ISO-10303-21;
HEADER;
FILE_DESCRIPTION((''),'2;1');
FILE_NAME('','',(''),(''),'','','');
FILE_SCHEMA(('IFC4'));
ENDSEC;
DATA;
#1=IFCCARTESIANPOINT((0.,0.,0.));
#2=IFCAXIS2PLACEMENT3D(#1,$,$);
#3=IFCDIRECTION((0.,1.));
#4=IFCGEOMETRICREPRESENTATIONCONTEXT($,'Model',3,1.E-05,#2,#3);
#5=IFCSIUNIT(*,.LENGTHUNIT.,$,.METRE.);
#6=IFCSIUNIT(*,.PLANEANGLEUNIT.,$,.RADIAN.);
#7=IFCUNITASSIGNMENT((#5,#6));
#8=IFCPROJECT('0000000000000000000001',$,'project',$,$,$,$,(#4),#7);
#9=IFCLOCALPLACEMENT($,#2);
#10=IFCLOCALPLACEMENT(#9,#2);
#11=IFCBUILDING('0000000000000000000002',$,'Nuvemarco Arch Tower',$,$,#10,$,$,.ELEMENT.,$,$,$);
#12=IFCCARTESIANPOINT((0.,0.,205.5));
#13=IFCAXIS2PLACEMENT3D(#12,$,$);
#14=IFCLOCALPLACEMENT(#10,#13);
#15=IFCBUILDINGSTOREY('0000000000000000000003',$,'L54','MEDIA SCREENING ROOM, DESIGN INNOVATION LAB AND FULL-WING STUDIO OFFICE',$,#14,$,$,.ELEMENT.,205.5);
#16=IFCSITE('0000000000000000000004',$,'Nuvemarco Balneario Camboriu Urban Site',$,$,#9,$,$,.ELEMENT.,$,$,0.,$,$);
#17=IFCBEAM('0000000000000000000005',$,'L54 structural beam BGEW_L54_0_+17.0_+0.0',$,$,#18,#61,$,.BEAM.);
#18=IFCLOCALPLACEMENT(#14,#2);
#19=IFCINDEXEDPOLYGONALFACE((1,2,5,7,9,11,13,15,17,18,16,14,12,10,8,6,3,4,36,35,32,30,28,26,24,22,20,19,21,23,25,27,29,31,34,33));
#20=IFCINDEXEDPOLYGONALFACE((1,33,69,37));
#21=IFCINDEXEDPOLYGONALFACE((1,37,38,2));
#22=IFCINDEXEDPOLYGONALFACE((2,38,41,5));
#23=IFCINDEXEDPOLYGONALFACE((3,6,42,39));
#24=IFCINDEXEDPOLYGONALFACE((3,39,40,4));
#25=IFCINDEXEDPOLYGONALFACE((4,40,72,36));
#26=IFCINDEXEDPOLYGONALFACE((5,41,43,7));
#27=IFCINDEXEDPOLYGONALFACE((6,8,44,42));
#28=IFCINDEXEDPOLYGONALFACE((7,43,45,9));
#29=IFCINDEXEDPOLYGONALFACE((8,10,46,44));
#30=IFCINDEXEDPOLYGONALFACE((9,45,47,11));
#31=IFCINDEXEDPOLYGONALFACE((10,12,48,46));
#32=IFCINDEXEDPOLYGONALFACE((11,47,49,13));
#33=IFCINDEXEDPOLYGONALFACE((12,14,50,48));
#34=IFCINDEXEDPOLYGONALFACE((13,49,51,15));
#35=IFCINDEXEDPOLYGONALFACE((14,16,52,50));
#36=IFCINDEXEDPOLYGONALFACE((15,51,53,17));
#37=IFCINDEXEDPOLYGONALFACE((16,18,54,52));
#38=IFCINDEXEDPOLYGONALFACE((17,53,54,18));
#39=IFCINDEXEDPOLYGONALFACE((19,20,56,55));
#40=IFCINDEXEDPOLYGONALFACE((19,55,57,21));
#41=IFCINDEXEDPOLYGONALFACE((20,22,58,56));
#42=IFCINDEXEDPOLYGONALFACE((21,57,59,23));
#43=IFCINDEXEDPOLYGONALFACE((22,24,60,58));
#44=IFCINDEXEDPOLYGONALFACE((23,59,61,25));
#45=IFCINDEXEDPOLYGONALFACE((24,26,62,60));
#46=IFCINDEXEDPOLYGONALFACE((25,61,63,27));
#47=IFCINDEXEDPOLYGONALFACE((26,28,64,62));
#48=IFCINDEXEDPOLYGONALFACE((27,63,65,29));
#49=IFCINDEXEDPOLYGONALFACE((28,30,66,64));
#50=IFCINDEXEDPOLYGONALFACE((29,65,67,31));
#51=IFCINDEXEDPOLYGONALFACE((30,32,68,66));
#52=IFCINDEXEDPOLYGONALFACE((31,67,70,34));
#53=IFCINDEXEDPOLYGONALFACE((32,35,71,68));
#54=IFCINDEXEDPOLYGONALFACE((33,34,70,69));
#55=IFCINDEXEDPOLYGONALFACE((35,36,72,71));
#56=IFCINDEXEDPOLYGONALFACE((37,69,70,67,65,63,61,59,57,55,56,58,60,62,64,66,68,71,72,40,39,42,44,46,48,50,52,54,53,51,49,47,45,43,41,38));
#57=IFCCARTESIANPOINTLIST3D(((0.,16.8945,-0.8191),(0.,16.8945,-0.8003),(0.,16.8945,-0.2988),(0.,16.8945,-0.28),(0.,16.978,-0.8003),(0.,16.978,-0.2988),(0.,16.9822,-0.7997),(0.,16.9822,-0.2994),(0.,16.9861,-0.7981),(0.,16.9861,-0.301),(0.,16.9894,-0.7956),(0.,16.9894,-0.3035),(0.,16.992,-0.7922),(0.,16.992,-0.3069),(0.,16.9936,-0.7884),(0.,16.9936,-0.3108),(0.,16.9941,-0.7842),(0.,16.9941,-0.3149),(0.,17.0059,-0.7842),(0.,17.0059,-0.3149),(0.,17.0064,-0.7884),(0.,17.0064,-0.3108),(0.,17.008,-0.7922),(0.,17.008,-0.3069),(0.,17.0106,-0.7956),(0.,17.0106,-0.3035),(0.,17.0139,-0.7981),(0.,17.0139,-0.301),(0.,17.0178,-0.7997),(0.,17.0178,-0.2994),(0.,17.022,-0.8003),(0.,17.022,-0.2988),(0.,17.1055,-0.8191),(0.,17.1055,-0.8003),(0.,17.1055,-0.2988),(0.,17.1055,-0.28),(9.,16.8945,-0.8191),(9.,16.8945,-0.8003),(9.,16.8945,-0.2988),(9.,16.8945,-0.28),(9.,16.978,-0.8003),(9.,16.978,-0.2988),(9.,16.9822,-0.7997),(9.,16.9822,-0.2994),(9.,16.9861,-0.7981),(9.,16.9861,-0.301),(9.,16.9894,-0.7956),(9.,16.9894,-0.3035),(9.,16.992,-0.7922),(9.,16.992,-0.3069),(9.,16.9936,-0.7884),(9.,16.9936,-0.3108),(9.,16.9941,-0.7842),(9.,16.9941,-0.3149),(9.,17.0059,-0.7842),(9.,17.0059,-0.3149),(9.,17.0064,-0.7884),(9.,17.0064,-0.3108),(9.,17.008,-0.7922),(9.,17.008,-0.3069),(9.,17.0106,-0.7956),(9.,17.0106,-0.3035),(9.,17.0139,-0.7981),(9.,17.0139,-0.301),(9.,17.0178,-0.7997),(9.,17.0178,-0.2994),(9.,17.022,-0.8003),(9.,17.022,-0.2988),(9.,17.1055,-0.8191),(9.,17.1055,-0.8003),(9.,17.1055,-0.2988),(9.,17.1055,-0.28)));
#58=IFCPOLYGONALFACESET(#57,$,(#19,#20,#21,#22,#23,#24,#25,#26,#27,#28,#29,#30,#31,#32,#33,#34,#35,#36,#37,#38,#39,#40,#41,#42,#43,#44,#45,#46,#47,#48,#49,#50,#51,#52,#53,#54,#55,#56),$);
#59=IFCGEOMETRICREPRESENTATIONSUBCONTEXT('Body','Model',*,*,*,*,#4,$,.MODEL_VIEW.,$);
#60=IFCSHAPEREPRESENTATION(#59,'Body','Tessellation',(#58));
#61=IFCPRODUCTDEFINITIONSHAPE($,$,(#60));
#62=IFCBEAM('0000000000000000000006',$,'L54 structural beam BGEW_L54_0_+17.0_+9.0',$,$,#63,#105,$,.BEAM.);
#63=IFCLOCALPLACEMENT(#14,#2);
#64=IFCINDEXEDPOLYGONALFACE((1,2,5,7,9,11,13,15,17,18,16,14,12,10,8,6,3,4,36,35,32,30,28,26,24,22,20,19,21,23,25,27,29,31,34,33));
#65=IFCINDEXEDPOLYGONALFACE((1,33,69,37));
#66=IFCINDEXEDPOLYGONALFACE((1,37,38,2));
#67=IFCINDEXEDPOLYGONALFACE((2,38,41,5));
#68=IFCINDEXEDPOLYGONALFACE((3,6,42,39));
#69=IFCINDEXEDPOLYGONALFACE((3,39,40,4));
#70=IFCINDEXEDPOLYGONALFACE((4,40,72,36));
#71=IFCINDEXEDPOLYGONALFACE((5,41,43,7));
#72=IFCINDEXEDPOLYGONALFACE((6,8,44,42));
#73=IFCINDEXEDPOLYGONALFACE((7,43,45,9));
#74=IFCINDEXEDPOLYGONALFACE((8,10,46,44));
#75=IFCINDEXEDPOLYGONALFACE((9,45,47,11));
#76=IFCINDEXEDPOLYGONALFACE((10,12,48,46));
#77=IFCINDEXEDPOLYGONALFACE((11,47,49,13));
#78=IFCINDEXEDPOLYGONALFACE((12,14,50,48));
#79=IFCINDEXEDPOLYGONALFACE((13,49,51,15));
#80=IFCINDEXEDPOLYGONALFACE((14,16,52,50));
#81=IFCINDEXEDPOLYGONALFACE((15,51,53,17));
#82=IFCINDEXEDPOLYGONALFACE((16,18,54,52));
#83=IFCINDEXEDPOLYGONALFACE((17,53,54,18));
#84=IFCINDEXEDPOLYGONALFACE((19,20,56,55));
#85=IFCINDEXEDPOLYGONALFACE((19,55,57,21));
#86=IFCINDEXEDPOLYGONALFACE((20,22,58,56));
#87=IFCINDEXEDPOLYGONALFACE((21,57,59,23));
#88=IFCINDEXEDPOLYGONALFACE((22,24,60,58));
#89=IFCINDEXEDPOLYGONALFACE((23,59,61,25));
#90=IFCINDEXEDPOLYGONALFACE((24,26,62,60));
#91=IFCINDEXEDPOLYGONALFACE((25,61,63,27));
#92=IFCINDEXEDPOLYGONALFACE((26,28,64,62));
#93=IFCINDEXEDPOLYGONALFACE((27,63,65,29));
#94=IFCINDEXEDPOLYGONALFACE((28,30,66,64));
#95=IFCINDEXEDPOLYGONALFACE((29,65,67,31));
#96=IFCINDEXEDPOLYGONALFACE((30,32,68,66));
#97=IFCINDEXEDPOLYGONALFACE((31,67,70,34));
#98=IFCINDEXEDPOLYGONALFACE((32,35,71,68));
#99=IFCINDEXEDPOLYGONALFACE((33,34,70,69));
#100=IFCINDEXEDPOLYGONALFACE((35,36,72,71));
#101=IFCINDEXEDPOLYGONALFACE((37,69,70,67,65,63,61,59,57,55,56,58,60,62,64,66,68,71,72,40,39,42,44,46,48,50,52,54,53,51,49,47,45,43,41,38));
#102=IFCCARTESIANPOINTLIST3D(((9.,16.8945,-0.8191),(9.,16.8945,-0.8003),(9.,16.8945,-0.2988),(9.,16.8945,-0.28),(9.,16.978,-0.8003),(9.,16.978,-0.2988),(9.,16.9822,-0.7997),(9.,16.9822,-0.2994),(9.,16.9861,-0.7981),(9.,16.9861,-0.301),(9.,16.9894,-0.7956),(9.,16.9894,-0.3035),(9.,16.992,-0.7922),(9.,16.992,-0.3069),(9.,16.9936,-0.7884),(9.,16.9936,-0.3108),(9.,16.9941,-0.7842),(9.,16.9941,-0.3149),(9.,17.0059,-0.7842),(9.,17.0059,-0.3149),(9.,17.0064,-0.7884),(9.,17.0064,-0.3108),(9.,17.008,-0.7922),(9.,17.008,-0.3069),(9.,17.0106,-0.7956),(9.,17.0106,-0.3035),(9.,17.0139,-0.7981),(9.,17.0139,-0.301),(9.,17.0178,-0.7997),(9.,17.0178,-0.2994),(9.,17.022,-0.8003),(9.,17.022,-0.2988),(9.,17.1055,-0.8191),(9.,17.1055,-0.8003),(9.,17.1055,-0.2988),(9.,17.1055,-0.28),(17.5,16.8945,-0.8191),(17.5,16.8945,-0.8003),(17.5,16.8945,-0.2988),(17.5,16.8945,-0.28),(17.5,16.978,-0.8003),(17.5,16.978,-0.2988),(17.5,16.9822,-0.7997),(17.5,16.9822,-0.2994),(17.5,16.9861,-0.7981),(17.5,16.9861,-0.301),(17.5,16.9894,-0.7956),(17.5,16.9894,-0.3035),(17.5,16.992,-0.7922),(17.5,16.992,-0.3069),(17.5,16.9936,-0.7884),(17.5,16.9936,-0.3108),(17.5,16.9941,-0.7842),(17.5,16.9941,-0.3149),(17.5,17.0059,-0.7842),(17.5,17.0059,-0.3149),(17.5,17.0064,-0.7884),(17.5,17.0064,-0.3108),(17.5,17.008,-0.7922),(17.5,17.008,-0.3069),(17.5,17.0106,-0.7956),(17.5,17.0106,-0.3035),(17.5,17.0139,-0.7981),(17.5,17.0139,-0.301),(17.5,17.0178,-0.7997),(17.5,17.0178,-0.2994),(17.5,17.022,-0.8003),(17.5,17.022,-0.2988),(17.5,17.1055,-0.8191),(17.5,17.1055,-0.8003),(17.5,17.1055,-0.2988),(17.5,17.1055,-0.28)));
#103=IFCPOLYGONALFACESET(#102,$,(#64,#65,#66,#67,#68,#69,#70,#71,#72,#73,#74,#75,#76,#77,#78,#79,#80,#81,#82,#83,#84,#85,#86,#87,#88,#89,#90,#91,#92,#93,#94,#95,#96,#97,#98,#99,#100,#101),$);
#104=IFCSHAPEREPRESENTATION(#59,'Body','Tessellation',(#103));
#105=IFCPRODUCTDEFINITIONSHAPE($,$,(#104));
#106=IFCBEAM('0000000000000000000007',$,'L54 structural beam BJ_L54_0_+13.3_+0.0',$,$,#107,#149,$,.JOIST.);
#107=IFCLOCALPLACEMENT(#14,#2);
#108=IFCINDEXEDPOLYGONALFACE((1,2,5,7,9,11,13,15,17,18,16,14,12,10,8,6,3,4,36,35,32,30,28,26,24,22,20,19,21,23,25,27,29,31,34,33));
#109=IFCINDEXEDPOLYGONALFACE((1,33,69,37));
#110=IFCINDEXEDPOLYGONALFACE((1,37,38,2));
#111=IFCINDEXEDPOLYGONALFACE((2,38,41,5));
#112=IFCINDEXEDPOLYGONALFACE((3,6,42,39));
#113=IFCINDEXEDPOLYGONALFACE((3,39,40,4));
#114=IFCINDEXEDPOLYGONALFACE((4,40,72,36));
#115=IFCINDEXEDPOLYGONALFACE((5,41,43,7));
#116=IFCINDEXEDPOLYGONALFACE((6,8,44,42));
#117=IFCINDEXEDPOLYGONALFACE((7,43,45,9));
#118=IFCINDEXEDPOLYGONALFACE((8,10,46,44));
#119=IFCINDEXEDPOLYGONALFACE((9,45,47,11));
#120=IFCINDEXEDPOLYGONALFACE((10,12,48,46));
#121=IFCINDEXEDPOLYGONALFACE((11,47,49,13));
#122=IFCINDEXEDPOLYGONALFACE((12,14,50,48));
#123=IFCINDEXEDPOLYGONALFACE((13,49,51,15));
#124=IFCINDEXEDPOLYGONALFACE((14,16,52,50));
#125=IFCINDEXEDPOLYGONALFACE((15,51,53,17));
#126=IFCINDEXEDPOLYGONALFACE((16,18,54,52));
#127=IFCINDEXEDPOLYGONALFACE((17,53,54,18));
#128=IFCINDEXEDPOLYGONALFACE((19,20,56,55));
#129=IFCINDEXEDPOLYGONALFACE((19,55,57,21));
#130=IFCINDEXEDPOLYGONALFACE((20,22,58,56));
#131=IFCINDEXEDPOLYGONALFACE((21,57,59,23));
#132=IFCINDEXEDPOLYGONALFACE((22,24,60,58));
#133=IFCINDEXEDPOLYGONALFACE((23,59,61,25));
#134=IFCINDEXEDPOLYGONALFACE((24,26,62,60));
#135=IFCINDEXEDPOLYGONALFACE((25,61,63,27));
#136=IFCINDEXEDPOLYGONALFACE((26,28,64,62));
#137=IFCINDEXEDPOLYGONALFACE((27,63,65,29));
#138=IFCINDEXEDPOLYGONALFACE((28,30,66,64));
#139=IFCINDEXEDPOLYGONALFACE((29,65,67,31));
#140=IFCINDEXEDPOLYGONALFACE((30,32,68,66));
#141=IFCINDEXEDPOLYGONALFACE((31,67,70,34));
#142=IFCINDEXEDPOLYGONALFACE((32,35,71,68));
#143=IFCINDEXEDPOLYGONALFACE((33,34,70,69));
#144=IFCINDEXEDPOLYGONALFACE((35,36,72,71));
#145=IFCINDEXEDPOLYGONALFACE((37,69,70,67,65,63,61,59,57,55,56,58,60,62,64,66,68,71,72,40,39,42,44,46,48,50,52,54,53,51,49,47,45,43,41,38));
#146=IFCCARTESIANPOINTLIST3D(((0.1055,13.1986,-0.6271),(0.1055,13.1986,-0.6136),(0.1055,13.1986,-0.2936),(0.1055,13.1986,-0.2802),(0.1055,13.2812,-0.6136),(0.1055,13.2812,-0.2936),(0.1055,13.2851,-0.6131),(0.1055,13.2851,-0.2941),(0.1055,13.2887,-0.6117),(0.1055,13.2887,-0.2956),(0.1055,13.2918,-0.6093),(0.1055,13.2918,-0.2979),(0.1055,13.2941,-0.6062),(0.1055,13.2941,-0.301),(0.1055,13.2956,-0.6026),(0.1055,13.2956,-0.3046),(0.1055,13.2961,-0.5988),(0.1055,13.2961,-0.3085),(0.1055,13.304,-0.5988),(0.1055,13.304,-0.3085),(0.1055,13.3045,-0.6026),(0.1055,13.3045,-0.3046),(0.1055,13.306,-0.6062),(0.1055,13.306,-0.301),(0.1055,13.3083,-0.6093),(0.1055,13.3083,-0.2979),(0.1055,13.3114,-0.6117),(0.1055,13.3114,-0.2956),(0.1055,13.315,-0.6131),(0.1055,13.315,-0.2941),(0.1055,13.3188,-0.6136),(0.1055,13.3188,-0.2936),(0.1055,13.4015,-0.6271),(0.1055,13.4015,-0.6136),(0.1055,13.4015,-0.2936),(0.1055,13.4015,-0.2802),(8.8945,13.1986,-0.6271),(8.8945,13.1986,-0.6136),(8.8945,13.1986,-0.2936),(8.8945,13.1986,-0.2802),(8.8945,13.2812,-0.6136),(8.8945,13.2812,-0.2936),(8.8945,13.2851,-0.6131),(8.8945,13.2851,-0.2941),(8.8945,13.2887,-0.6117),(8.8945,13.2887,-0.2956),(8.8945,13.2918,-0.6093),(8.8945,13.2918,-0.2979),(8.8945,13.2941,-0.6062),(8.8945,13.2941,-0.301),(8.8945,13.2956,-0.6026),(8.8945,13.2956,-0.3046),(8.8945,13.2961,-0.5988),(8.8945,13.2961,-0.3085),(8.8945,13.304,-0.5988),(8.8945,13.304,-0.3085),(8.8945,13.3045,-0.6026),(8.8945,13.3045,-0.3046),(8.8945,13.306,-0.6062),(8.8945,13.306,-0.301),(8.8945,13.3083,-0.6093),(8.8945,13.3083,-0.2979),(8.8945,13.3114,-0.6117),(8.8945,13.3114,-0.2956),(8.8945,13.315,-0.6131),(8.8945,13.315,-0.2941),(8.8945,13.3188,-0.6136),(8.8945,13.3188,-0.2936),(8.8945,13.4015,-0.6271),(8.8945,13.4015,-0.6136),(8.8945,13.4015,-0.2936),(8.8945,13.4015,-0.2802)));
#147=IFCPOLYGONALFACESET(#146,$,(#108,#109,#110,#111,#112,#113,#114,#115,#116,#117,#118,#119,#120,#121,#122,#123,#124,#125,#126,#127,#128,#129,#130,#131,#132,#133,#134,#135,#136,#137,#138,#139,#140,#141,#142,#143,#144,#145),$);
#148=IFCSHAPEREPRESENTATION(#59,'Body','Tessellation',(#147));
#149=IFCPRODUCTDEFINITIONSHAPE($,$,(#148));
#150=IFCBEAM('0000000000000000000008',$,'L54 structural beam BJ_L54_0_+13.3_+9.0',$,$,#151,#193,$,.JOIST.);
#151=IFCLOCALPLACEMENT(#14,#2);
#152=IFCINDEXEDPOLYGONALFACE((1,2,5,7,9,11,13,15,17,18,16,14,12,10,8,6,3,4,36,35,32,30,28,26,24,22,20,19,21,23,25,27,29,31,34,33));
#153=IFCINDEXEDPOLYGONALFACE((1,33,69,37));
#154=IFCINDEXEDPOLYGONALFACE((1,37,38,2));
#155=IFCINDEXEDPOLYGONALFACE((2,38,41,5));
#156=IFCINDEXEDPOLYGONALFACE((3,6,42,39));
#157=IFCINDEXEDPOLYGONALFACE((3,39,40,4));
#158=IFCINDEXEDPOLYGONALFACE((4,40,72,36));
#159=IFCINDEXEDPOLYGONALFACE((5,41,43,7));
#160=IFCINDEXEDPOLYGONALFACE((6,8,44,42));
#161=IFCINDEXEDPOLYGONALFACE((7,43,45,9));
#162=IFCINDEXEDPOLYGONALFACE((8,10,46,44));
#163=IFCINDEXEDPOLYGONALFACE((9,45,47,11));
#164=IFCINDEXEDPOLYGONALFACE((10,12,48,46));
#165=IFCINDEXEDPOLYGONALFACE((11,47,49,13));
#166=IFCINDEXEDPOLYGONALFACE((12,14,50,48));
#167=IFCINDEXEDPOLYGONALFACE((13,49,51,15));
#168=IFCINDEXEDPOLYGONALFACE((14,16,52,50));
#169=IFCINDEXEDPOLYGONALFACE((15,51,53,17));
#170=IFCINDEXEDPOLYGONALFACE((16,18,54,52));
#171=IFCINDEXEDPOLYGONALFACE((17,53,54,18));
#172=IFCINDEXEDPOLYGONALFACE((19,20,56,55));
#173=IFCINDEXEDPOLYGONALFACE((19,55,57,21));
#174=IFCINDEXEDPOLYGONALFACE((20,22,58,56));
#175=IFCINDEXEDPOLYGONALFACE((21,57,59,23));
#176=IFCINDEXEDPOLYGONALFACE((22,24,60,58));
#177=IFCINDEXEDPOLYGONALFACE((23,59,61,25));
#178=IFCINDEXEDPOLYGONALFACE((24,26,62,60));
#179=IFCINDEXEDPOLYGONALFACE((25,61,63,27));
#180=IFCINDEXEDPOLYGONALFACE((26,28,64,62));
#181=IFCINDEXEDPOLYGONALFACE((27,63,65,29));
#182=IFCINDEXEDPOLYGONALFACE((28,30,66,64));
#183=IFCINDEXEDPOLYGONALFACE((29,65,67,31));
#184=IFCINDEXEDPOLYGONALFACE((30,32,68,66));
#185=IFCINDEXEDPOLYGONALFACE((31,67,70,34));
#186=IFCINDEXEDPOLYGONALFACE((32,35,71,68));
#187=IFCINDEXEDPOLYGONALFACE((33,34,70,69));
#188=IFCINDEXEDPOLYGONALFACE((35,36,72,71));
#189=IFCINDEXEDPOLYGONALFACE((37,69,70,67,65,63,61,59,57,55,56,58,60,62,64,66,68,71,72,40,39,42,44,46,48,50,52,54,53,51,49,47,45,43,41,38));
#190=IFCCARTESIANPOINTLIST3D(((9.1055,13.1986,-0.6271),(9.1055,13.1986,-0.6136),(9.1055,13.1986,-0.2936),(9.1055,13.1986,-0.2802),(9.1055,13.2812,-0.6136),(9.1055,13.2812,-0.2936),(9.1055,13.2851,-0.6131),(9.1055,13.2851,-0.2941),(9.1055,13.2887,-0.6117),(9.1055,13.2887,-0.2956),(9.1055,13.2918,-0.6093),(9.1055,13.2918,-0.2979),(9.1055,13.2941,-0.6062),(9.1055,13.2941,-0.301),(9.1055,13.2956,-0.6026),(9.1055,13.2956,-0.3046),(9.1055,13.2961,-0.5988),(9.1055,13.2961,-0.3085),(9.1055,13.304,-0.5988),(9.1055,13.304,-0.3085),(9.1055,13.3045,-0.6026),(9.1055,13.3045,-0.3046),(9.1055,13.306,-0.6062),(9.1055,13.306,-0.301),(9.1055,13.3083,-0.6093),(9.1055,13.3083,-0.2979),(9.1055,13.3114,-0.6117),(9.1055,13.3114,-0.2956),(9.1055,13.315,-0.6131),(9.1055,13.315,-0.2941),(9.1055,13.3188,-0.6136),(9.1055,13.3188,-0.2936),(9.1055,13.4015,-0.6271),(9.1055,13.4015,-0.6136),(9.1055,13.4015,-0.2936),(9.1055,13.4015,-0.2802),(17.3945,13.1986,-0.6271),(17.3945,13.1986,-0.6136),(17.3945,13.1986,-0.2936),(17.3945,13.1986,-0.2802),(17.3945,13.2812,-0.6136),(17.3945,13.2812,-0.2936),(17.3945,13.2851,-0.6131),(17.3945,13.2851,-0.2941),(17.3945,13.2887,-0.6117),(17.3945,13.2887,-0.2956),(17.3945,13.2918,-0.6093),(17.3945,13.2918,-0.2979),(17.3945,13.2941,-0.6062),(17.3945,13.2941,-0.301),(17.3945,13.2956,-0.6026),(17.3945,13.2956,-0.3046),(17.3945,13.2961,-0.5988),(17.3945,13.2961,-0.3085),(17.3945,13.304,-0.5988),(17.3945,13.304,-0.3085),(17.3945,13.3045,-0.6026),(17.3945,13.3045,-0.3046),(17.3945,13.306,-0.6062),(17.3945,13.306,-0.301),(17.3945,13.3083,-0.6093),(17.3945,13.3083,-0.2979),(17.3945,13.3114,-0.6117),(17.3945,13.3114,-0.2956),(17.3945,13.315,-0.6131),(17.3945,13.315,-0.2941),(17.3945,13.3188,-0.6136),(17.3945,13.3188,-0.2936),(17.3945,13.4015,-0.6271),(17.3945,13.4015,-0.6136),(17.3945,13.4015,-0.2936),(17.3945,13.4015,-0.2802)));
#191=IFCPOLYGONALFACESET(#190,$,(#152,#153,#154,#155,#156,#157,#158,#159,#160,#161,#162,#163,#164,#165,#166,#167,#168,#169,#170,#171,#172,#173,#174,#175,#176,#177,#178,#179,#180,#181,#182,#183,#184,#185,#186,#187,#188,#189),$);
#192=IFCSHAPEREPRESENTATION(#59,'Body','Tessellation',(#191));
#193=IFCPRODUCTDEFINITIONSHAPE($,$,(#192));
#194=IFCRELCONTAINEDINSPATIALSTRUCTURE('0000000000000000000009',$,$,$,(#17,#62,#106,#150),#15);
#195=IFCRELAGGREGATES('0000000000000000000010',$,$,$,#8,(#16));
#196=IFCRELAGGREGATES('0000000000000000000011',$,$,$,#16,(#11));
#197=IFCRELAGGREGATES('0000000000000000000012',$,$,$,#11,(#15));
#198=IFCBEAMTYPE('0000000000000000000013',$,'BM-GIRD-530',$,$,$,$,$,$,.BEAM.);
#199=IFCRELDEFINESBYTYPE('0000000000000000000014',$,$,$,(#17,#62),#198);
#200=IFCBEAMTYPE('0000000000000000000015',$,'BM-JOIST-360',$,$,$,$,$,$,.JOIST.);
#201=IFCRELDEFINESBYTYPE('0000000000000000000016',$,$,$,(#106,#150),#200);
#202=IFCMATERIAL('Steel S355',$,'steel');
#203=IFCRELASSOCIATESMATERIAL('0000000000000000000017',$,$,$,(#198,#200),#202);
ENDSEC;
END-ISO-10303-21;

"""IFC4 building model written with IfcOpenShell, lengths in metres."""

from ifc_helpers import new_model, si_unit, direction, frame, origin, origin_2d, place, context, subcontext, project, spatial, i_section, extrude, material, material_profile, profile_set, type_object, element, save


model = new_model("IFC4")

# Units and contexts
model_context = context("Model", 3, precision=1e-05, world=origin(), true_north=direction((0.0, 1.0)))
body_context = subcontext(model_context, "Body", "Model", "MODEL_VIEW")
ifc_project = project(units=[si_unit("LENGTHUNIT", "METRE"), si_unit("PLANEANGLEUNIT", "RADIAN")], contexts=[model_context])

# Site, building, storey
site_placement = place(None, origin())
site = spatial("IfcSite", under=ifc_project, at=site_placement, Name="Nuvemarco Balneario Camboriu Urban Site", CompositionType="ELEMENT", RefElevation=0.0)
building_placement = place(site_placement, origin())
building = spatial("IfcBuilding", under=site, at=building_placement, Name="Nuvemarco Arch Tower", CompositionType="ELEMENT")
storey_placement = place(building_placement, frame((0.0, 0.0, 205.5)))
storey = spatial("IfcBuildingStorey", under=building, at=storey_placement, Name="L54", Description="MEDIA SCREENING ROOM, DESIGN INNOVATION LAB AND FULL-WING STUDIO OFFICE", CompositionType="ELEMENT", Elevation=205.5)

# Shared definitions
ifc_material_1 = material(Name="Steel S355", Category="steel")

# Beams
ifc_material_profile_1 = material_profile(ifc_material_1, i_section(OverallWidth=0.2109, OverallDepth=0.5391, WebThickness=0.0117, FlangeThickness=0.0188, FilletRadius=0.0161, at=origin_2d()), Name="W530x109")
ifc_profile_set_1 = profile_set([ifc_material_profile_1], Name="Steel S355")
beam_type_1 = type_object("IfcBeamType", Name="BM-GIRD-530", PredefinedType="BEAM", material=ifc_profile_set_1)
beam_1_placement = place(storey_placement, frame((0.0, 17.0, -0.5496), z_axis=(1.0, 0.0, 0.0), x_axis=(0.0, 1.0, 0.0)))
element("IfcBeam", 1, at=beam_1_placement, inside=storey, type_object=beam_type_1, Name="L54 structural beam BGEW_L54_0_+17.0_+0.0", PredefinedType="BEAM", context=body_context, shape_type="SweptSolid", body=[
    extrude(i_section(OverallWidth=0.2109, OverallDepth=0.5391, WebThickness=0.0117, FlangeThickness=0.0188, FilletRadius=0.0161, at=origin_2d()), origin(), (0.0, 0.0, 1.0), 9.0),
])
beam_2_placement = place(storey_placement, frame((9.0, 17.0, -0.5496), z_axis=(1.0, 0.0, 0.0), x_axis=(0.0, 1.0, 0.0)))
element("IfcBeam", 2, at=beam_2_placement, inside=storey, type_object=beam_type_1, Name="L54 structural beam BGEW_L54_0_+17.0_+9.0", PredefinedType="BEAM", context=body_context, shape_type="SweptSolid", body=[
    extrude(i_section(OverallWidth=0.2109, OverallDepth=0.5391, WebThickness=0.0117, FlangeThickness=0.0188, FilletRadius=0.0161, at=origin_2d()), origin(), (0.0, 0.0, 1.0), 8.5),
])
ifc_material_profile_2 = material_profile(ifc_material_1, i_section(OverallWidth=0.2029, OverallDepth=0.3469, WebThickness=0.0078, FlangeThickness=0.0134, FilletRadius=0.0149, at=origin_2d()), Name="W360x64")
ifc_profile_set_2 = profile_set([ifc_material_profile_2], Name="Steel S355")
beam_type_2 = type_object("IfcBeamType", Name="BM-JOIST-360", PredefinedType="JOIST", material=ifc_profile_set_2)
beam_3_placement = place(storey_placement, frame((0.1055, 13.3, -0.4536), z_axis=(1.0, 0.0, 0.0), x_axis=(0.0, 1.0, 0.0)))
element("IfcBeam", 3, at=beam_3_placement, inside=storey, type_object=beam_type_2, Name="L54 structural beam BJ_L54_0_+13.3_+0.0", PredefinedType="JOIST", context=body_context, shape_type="SweptSolid", body=[
    extrude(i_section(OverallWidth=0.2029, OverallDepth=0.3469, WebThickness=0.0078, FlangeThickness=0.0134, FilletRadius=0.0149, at=origin_2d()), origin(), (0.0, 0.0, 1.0), 8.7891),
])
beam_4_placement = place(storey_placement, frame((9.1055, 13.3, -0.4536), z_axis=(1.0, 0.0, 0.0), x_axis=(0.0, 1.0, 0.0)))
element("IfcBeam", 4, at=beam_4_placement, inside=storey, type_object=beam_type_2, Name="L54 structural beam BJ_L54_0_+13.3_+9.0", PredefinedType="JOIST", context=body_context, shape_type="SweptSolid", body=[
    extrude(i_section(OverallWidth=0.2029, OverallDepth=0.3469, WebThickness=0.0078, FlangeThickness=0.0134, FilletRadius=0.0149, at=origin_2d()), origin(), (0.0, 0.0, 1.0), 8.2891),
])

save(model, "model.ifc")
